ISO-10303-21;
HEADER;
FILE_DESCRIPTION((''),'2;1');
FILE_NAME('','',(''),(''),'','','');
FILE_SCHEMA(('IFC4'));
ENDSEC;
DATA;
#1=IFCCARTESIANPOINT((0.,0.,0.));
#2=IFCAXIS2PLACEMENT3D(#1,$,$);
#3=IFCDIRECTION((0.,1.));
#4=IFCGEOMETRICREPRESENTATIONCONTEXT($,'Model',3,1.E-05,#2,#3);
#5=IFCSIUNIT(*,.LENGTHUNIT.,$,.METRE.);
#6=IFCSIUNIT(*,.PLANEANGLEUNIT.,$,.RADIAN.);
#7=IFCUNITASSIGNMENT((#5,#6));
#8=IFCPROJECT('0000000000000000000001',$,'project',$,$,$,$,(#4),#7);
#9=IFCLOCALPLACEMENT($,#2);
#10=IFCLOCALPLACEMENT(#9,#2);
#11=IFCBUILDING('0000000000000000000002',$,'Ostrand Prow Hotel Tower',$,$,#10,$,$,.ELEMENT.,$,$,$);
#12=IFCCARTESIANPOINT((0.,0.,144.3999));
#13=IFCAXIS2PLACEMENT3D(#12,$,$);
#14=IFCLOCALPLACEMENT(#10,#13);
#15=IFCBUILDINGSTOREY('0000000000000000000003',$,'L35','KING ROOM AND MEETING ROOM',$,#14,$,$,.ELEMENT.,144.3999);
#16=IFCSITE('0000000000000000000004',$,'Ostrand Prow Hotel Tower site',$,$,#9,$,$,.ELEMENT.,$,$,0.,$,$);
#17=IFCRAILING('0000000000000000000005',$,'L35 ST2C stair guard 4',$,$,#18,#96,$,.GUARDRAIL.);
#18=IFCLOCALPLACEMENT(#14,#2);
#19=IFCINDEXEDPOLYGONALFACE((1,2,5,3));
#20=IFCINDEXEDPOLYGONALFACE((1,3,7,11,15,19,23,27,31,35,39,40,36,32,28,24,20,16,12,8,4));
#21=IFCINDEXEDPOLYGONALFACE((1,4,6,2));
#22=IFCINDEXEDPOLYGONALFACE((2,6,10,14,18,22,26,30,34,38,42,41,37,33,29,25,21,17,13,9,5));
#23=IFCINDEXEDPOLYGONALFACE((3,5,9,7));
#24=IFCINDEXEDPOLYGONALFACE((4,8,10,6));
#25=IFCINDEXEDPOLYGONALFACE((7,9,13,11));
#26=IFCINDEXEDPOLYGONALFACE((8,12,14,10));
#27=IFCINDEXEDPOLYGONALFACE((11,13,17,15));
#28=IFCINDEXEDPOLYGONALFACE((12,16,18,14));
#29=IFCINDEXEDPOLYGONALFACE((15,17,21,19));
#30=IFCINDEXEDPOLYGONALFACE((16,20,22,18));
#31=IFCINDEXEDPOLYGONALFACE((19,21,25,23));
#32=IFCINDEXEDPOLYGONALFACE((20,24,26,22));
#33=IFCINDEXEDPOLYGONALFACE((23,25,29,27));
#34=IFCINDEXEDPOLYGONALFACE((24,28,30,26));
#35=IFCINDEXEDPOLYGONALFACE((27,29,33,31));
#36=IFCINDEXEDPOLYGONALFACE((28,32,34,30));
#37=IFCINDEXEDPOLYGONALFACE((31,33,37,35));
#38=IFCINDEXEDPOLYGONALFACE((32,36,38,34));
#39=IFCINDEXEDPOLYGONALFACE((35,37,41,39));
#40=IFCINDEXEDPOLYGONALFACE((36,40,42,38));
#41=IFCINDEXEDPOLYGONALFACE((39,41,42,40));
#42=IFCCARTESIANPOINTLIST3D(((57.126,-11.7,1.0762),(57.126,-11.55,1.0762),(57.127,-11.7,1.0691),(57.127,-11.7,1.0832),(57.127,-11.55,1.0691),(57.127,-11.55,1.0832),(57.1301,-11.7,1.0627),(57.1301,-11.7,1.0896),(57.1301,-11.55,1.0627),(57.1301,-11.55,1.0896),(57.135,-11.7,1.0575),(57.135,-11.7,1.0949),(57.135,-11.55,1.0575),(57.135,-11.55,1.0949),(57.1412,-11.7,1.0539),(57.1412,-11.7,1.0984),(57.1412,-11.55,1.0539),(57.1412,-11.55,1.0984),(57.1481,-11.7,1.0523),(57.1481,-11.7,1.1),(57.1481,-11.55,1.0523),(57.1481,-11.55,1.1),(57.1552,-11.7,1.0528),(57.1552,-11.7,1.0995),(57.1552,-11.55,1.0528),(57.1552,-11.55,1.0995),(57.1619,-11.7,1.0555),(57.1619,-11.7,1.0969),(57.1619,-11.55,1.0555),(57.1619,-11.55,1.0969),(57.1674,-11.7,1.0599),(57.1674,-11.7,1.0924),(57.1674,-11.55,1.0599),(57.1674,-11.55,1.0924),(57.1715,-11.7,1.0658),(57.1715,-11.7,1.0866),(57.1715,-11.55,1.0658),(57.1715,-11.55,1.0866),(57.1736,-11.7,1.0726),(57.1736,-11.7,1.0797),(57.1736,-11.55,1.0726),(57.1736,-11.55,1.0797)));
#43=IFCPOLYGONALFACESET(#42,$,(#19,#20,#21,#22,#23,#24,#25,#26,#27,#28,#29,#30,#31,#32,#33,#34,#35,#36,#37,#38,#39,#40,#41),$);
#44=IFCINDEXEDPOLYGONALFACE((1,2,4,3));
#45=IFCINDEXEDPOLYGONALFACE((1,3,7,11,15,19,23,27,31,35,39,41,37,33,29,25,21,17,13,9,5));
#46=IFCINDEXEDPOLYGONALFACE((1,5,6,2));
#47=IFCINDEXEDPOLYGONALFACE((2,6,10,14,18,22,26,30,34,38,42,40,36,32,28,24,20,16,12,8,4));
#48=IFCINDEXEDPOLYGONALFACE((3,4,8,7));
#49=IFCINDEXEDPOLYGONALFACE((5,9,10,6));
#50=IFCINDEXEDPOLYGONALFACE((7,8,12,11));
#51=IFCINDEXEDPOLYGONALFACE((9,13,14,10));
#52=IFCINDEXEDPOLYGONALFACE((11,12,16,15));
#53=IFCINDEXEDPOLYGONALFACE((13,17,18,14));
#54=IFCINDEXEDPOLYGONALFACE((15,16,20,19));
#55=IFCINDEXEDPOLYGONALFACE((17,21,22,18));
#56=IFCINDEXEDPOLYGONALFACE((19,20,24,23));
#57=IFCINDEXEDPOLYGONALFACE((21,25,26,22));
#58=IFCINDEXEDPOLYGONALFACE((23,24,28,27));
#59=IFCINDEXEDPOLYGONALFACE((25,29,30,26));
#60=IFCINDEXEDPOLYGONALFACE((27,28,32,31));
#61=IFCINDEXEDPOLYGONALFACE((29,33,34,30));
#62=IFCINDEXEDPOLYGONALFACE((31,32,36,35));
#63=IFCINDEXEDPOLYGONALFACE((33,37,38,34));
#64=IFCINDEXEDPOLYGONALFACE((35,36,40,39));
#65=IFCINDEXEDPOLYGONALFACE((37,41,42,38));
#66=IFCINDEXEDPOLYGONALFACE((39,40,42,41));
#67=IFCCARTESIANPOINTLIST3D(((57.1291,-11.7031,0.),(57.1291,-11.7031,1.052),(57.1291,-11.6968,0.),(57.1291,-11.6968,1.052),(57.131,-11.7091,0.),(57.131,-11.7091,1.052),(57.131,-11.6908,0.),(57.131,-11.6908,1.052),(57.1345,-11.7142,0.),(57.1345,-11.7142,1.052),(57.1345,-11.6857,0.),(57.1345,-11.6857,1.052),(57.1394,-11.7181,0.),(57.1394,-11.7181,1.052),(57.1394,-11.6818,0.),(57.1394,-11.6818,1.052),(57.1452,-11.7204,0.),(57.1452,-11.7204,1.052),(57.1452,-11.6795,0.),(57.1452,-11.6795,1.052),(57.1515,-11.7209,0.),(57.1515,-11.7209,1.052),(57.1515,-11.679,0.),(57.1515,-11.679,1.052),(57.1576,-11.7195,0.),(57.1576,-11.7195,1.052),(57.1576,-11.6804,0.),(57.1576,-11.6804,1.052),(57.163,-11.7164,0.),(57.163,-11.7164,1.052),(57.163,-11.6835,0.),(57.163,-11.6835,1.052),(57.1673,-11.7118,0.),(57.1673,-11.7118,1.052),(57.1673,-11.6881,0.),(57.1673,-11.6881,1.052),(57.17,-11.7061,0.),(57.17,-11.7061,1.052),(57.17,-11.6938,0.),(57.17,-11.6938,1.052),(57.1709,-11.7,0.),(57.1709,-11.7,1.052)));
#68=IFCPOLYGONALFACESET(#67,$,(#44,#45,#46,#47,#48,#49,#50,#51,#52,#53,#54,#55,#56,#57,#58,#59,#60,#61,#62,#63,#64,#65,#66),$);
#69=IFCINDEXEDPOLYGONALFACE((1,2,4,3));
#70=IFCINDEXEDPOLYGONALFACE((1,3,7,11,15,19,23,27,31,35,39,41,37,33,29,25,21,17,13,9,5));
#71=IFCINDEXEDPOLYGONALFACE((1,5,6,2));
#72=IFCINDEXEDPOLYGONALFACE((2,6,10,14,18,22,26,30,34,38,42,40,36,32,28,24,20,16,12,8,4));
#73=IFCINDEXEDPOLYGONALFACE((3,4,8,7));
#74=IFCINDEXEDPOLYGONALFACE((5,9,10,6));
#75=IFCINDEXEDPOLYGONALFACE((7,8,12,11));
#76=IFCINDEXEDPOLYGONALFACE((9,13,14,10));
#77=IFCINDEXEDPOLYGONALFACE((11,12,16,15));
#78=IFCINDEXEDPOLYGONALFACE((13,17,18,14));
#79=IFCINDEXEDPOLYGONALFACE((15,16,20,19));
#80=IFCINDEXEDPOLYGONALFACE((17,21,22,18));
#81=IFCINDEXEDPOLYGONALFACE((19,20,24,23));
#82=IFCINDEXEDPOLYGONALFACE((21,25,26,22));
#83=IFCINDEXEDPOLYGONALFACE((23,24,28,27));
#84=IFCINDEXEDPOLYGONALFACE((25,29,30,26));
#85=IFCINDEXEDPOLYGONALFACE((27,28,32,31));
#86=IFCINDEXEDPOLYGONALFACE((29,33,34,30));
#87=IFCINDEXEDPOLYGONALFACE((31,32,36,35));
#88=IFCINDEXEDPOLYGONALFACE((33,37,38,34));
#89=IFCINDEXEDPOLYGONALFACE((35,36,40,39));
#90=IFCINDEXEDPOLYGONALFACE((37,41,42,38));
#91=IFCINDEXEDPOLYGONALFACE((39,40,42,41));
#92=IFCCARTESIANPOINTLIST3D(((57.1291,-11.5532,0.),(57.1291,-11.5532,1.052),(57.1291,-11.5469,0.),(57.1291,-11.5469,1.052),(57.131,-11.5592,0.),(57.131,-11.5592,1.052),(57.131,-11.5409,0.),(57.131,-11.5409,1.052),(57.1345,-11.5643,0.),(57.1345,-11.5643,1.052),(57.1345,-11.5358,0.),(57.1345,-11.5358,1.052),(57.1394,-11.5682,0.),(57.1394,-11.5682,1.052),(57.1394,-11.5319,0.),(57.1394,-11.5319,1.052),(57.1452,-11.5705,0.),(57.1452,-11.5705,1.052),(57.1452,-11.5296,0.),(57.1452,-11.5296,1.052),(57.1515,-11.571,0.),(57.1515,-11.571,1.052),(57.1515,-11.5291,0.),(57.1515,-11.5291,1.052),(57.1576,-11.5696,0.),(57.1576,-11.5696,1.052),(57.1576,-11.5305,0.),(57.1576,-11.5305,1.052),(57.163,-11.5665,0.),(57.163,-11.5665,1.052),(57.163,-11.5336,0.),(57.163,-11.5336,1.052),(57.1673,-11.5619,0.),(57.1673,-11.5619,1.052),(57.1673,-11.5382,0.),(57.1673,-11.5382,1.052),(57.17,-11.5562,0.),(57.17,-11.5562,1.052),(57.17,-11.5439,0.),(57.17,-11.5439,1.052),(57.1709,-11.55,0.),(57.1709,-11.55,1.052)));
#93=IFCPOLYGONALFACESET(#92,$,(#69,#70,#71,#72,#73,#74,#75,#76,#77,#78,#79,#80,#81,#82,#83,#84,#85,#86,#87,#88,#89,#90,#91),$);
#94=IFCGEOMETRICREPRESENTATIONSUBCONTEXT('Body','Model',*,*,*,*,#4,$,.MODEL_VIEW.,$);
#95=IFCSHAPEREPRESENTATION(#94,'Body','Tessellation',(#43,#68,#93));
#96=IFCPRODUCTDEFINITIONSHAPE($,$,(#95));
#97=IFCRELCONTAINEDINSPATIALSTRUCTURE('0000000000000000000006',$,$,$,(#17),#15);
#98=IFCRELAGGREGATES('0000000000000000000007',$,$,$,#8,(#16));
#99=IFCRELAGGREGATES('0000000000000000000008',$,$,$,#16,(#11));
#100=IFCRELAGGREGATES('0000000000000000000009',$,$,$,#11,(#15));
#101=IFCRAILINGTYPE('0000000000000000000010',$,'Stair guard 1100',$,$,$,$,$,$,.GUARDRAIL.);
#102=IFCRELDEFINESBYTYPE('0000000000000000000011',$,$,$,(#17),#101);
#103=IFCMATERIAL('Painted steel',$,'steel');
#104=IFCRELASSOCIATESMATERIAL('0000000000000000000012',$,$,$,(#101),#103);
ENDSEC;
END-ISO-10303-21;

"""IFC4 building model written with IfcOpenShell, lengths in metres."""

from ifc_helpers import new_model, si_unit, direction, frame, origin, origin_2d, place, context, subcontext, project, spatial, circle, extrude, material, type_object, element, save


model = new_model("IFC4")

# Units and contexts
model_context = context("Model", 3, precision=1e-05, world=origin(), true_north=direction((0.0, 1.0)))
body_context = subcontext(model_context, "Body", "Model", "MODEL_VIEW")
ifc_project = project(units=[si_unit("LENGTHUNIT", "METRE"), si_unit("PLANEANGLEUNIT", "RADIAN")], contexts=[model_context])

# Site, building, storey
site_placement = place(None, origin())
site = spatial("IfcSite", under=ifc_project, at=site_placement, Name="Ostrand Prow Hotel Tower site", CompositionType="ELEMENT", RefElevation=0.0)
building_placement = place(site_placement, origin())
building = spatial("IfcBuilding", under=site, at=building_placement, Name="Ostrand Prow Hotel Tower", CompositionType="ELEMENT")
storey_placement = place(building_placement, frame((0.0, 0.0, 144.3999)))
storey = spatial("IfcBuildingStorey", under=building, at=storey_placement, Name="L35", Description="KING ROOM AND MEETING ROOM", CompositionType="ELEMENT", Elevation=144.3999)

# Railing
ifc_material_1 = material(Name="Painted steel", Category="steel")
railing_type_1 = type_object("IfcRailingType", Name="Stair guard 1100", PredefinedType="GUARDRAIL", material=ifc_material_1)
railing_1_placement = place(storey_placement, frame((57.1499, -11.7, 0.0)))
element("IfcRailing", 1, at=railing_1_placement, inside=storey, type_object=railing_type_1, Name="L35 ST2C stair guard 4", PredefinedType="GUARDRAIL", context=body_context, shape_type="SweptSolid", body=[
    extrude(circle(Radius=0.0239, at=origin_2d()), frame((0.0, 0.0, 1.0762), z_axis=(0.0, 1.0, 0.0), x_axis=(-1.0, 0.0, 0.0)), (0.0, 0.0, 1.0), 0.1499),
    extrude(circle(Radius=0.021, at=origin_2d()), origin(), (0.0, 0.0, 1.0), 1.052),
    extrude(circle(Radius=0.021, at=origin_2d()), frame((0.0, 0.1499, 0.0)), (0.0, 0.0, 1.0), 1.052),
])

save(model, "model.ifc")
